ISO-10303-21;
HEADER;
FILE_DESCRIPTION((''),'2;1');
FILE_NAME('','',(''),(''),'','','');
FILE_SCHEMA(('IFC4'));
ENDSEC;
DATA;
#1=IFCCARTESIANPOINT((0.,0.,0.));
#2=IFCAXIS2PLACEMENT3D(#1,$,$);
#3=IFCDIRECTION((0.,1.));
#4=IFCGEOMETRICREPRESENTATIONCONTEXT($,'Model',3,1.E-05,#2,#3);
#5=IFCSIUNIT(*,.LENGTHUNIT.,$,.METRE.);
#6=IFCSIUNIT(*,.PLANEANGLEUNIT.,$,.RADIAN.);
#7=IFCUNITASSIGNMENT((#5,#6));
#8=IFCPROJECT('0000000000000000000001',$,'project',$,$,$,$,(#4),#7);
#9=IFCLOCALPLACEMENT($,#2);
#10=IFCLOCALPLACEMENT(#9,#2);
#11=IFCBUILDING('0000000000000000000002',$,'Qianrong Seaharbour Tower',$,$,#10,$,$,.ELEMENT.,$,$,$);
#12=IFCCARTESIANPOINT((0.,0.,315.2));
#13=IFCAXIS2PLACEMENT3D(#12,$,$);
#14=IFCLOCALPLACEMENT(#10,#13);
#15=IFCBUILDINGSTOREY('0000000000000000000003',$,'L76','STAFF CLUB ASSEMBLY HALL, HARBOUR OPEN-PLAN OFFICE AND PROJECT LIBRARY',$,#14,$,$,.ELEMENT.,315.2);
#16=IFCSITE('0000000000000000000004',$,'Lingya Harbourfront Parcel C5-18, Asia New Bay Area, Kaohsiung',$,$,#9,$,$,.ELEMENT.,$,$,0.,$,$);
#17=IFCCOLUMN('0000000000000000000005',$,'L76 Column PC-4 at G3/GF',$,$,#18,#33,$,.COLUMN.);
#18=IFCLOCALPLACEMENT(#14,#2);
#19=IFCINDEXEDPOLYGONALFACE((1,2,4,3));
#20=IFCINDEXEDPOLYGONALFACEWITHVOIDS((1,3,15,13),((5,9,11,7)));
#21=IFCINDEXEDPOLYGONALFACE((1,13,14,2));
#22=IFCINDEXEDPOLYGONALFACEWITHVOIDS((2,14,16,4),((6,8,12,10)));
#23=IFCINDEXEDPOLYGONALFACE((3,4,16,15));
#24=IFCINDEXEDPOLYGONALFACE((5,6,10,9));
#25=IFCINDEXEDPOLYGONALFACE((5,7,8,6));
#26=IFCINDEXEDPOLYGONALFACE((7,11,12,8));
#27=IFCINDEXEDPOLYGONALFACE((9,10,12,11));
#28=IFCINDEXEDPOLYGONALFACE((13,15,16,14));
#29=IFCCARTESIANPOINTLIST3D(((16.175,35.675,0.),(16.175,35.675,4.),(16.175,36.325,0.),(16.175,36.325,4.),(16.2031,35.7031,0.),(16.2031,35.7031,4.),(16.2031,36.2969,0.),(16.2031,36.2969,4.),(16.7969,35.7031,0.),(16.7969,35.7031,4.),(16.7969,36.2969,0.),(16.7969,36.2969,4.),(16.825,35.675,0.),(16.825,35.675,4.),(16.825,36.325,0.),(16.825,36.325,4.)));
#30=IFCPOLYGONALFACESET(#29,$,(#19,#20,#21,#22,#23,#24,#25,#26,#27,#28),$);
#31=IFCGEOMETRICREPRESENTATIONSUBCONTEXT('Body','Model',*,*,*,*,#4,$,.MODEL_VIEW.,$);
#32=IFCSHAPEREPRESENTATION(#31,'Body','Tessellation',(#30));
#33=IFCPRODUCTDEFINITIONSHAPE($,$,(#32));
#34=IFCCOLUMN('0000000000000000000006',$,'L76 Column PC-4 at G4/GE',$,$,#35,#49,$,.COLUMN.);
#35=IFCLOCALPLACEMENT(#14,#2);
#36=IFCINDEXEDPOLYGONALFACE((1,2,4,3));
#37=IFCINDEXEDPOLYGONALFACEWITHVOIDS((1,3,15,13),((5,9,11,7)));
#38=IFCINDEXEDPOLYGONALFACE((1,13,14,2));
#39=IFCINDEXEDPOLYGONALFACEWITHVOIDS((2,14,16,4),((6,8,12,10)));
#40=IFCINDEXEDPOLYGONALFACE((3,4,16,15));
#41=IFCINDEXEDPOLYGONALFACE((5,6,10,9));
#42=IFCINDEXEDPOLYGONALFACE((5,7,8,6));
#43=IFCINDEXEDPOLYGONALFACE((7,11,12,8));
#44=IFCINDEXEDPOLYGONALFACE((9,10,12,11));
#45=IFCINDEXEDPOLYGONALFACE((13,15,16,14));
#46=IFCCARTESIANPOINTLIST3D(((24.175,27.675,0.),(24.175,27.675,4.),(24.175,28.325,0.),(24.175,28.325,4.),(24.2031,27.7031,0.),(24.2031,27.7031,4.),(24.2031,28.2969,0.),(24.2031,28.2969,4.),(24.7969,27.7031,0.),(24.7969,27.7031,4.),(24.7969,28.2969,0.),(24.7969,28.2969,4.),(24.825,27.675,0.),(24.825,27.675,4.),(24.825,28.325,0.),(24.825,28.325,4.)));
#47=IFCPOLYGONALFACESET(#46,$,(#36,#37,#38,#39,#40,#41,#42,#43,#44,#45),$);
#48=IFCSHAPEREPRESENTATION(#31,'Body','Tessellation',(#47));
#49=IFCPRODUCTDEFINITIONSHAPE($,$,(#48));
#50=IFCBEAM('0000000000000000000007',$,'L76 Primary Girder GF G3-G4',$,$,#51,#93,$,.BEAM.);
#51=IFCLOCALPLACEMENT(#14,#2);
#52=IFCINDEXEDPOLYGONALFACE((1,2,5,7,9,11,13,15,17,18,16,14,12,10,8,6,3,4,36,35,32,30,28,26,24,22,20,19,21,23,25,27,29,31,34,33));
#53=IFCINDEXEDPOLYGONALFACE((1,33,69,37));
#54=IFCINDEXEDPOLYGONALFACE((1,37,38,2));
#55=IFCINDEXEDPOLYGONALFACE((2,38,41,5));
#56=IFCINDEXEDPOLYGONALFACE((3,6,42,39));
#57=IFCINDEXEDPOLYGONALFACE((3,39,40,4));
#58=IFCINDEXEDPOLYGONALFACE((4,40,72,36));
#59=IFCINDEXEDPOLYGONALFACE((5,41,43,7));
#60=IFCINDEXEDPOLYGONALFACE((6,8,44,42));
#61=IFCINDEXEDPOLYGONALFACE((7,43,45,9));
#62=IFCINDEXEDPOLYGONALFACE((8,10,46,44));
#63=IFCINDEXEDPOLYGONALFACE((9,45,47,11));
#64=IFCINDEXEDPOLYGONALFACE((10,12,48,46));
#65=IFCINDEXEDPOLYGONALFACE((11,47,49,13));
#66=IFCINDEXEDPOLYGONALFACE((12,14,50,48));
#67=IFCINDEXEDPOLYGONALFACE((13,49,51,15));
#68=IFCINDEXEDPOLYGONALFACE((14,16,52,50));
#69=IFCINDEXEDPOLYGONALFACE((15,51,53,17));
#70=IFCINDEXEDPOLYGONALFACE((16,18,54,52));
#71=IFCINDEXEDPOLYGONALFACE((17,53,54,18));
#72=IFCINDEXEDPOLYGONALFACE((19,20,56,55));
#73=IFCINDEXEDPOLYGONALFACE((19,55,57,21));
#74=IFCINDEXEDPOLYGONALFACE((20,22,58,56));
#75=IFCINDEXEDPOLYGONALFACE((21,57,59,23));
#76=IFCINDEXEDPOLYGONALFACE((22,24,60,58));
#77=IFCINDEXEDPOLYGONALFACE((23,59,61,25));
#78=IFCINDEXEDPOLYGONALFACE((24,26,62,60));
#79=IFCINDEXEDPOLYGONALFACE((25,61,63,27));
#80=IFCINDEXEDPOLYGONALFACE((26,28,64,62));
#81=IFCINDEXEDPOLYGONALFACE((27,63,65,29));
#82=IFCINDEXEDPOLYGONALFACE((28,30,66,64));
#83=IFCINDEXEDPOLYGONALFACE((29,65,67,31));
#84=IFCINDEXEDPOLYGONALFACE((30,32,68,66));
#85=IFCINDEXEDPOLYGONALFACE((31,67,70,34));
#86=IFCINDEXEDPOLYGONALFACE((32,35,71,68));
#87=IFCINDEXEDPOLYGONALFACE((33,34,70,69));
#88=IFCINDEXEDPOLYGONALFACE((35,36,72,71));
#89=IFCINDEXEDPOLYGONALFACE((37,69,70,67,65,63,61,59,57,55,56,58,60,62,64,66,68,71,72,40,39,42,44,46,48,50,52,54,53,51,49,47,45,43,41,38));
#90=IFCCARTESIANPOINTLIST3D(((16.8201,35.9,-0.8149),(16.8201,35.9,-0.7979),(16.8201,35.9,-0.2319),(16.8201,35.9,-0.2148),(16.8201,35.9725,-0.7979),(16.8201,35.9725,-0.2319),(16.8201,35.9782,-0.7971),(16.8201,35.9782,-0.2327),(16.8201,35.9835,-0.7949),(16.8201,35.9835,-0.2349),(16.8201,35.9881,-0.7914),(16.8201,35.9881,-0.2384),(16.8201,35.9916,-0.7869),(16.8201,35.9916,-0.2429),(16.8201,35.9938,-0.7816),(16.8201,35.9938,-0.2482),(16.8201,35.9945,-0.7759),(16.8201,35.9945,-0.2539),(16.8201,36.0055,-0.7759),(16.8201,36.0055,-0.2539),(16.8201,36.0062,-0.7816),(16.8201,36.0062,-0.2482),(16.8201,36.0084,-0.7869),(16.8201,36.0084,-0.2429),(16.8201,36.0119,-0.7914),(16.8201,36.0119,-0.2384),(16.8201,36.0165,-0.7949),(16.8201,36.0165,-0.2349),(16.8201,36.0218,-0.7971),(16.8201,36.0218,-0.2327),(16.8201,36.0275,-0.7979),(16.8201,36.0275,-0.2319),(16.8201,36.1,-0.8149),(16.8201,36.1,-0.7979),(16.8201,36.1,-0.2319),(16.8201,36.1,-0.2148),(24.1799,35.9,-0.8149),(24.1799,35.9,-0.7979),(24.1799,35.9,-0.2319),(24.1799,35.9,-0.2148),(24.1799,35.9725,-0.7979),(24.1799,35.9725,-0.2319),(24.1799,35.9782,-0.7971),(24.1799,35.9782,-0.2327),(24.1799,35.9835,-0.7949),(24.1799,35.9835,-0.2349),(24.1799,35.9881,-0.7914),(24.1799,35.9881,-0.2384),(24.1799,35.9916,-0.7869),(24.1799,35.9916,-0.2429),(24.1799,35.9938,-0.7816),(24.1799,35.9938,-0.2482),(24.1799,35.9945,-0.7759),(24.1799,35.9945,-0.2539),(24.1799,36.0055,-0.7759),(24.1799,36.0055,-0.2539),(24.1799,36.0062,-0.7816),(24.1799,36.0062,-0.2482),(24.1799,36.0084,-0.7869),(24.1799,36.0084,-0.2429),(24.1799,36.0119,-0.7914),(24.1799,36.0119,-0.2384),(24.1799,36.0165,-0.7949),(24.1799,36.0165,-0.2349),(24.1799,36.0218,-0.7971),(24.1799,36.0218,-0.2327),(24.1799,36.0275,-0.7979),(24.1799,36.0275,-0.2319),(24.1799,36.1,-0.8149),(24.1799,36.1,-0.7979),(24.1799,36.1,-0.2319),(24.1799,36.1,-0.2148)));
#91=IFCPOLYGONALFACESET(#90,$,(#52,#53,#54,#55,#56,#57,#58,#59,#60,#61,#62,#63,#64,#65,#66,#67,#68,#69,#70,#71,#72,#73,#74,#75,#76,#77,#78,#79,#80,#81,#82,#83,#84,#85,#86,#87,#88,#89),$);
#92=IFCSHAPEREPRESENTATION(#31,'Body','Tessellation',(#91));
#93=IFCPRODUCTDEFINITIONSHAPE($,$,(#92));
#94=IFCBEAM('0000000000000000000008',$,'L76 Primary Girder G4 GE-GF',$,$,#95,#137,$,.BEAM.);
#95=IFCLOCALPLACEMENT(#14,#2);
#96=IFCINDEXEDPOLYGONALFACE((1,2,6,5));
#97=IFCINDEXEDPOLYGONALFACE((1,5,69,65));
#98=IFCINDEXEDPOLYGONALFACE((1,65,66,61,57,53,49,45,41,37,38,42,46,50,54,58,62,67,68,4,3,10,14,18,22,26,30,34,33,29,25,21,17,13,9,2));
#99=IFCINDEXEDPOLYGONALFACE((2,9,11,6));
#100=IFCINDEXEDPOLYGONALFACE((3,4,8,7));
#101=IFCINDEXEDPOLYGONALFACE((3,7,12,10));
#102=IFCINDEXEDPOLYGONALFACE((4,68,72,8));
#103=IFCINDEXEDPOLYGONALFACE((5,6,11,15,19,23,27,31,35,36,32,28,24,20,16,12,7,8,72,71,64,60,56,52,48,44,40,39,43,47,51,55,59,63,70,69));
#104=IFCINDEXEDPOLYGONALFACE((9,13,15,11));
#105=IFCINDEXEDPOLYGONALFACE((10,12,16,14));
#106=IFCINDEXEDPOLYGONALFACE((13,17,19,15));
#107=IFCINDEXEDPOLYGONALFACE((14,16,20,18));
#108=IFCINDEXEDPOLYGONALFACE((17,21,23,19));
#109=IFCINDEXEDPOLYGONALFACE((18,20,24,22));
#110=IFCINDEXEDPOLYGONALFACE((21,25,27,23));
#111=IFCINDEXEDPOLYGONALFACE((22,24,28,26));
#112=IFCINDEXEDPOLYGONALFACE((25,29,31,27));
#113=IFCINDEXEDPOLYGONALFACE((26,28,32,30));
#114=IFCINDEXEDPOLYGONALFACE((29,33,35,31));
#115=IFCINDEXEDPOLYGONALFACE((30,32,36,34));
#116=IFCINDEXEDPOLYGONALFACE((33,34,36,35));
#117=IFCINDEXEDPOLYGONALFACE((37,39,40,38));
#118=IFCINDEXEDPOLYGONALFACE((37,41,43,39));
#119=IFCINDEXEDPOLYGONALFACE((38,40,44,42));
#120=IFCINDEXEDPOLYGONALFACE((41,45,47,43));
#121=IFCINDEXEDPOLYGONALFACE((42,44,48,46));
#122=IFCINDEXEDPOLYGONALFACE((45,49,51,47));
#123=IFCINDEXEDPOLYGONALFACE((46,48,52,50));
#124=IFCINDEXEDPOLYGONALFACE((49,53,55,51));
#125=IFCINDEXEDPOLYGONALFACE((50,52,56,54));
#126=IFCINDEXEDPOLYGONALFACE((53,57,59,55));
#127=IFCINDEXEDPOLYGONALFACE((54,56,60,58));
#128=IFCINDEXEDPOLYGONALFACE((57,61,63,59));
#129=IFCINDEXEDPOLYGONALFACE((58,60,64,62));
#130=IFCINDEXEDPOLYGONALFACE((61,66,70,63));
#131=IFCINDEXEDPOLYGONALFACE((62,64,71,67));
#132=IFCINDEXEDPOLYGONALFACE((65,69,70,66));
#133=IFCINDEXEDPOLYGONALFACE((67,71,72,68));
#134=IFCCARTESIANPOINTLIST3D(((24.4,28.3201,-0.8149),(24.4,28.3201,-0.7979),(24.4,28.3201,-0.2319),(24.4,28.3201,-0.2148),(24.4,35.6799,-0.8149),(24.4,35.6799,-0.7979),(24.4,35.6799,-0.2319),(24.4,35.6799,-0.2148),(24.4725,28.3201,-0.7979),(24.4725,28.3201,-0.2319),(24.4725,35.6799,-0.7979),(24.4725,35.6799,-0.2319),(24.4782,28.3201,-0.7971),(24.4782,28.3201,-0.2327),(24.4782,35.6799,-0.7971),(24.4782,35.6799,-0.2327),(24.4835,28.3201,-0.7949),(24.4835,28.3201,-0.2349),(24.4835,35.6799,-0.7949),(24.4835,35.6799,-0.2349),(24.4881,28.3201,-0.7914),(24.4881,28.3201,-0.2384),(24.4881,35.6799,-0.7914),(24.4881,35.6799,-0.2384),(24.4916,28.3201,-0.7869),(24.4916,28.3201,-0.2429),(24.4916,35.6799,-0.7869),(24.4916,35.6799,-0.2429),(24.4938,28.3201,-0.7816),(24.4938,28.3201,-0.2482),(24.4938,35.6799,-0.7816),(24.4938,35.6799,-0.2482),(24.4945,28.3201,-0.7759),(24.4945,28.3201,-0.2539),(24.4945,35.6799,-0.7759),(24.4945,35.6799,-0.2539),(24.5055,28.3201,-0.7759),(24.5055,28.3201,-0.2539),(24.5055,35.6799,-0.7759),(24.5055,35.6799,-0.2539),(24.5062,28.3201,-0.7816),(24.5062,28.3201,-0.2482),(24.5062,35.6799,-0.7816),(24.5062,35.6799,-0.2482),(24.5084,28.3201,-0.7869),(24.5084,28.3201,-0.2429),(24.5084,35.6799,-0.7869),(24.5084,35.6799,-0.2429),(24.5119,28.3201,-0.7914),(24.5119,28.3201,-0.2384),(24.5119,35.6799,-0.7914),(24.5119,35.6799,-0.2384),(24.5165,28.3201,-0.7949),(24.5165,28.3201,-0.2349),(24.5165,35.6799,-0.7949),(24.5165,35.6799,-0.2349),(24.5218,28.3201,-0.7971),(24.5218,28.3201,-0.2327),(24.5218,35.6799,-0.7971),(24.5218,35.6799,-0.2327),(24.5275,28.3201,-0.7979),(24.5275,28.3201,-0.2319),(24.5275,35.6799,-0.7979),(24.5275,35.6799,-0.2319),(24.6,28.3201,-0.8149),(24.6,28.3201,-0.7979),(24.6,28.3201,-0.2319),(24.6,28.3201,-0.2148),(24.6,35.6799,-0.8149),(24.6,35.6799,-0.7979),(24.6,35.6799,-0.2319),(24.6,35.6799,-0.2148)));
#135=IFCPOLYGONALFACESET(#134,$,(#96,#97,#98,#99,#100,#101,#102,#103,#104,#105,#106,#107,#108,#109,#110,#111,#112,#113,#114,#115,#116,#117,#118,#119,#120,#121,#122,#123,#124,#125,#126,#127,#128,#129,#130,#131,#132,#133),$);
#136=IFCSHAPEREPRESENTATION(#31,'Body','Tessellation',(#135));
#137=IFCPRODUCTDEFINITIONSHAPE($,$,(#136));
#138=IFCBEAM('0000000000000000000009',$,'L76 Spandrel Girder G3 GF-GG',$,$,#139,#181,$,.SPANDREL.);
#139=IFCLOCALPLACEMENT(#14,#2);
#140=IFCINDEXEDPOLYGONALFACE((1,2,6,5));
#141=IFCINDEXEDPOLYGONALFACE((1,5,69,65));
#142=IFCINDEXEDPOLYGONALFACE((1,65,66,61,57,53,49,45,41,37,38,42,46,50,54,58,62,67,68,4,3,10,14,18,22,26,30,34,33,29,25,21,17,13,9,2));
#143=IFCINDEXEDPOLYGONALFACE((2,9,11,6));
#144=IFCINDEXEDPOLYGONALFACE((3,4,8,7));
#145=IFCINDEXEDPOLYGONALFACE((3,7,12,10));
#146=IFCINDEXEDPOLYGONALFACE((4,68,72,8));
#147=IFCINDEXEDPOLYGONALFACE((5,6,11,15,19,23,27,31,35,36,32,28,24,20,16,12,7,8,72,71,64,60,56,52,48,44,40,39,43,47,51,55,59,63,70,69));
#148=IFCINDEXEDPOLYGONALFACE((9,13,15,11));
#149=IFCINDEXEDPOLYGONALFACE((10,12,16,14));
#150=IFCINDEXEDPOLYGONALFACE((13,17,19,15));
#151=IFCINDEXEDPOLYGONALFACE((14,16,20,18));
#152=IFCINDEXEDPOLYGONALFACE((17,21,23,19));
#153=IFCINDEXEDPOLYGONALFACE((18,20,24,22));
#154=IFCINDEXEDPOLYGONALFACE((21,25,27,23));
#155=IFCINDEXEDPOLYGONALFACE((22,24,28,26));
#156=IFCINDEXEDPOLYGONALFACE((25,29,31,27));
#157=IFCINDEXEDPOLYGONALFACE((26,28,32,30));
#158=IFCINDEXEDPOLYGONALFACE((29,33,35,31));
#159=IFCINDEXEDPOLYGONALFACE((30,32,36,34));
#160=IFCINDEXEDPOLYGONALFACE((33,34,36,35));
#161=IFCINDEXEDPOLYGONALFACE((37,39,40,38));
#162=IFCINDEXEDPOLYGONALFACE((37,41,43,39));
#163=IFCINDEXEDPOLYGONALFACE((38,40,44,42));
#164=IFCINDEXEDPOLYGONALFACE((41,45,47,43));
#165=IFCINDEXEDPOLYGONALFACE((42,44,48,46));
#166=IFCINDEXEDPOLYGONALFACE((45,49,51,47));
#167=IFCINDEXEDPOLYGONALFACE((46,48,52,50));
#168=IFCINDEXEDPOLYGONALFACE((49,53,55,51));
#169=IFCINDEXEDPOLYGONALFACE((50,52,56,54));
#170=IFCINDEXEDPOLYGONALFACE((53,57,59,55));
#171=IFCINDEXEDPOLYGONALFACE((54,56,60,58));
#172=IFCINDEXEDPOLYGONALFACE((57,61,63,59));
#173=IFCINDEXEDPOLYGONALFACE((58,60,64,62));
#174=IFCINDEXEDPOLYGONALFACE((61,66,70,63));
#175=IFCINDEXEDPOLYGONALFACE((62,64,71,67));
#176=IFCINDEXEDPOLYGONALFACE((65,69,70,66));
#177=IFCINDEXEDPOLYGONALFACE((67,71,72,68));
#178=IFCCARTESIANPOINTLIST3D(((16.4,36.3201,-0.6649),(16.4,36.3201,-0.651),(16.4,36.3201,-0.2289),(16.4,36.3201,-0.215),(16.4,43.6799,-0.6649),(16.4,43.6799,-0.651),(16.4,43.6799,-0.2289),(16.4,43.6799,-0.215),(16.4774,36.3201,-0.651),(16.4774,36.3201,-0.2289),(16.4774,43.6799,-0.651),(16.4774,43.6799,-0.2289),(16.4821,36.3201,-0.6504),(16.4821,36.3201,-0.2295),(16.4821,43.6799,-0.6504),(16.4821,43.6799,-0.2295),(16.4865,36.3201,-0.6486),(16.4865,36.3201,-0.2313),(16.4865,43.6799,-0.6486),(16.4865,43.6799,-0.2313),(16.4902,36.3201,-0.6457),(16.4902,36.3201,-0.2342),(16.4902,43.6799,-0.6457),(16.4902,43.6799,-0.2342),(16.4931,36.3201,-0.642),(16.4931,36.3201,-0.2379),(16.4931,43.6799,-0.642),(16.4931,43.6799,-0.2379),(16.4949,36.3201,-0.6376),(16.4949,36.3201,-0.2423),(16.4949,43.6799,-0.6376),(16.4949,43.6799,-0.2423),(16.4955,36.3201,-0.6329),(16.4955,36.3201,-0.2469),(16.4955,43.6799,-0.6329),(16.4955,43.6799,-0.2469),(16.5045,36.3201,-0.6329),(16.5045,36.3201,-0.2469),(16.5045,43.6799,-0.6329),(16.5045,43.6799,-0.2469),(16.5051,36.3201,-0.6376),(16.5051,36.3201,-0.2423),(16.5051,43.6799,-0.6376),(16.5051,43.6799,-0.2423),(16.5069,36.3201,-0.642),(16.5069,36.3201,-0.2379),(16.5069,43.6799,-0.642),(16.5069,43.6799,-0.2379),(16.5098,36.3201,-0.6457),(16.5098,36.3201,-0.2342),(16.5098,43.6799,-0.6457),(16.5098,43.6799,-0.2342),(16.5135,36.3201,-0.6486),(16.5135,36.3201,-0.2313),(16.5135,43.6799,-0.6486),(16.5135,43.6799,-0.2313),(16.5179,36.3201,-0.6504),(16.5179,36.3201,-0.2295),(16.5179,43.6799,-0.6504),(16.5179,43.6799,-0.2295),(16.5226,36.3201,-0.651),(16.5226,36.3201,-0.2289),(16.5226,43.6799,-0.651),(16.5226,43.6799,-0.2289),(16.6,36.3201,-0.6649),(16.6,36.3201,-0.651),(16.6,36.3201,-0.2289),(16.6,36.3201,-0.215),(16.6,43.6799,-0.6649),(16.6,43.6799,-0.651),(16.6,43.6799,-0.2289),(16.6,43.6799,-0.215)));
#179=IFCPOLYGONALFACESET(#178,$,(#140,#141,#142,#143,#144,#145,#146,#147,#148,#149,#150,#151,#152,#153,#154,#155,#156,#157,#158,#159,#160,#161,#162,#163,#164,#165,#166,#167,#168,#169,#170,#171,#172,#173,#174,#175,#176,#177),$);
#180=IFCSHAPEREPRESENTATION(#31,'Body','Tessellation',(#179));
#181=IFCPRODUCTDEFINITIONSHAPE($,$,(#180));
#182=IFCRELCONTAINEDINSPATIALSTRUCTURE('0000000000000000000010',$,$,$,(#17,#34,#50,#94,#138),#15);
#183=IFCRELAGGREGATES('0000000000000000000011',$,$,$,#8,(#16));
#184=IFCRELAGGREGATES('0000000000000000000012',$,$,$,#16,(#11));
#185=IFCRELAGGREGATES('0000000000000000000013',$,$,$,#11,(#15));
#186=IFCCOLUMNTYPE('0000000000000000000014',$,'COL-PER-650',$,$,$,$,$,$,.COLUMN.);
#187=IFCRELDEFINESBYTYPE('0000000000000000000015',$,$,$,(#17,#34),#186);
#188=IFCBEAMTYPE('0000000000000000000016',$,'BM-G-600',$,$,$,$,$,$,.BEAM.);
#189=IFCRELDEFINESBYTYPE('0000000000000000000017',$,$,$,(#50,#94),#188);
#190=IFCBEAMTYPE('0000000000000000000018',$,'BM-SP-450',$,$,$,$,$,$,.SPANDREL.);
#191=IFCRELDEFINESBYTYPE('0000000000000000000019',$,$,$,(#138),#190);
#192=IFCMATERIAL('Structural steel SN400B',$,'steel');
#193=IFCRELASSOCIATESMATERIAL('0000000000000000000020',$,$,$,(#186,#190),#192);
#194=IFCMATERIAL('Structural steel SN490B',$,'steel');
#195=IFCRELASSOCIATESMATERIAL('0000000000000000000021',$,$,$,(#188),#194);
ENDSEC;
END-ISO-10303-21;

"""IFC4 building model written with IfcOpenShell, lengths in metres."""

from ifc_helpers import new_model, si_unit, direction, frame, origin, origin_2d, place, context, subcontext, project, spatial, hollow_rectangle, i_section, extrude, material, material_profile, profile_set, type_object, element, save


model = new_model("IFC4")

# Units and contexts
model_context = context("Model", 3, precision=1e-05, world=origin(), true_north=direction((0.0, 1.0)))
body_context = subcontext(model_context, "Body", "Model", "MODEL_VIEW")
ifc_project = project(units=[si_unit("LENGTHUNIT", "METRE"), si_unit("PLANEANGLEUNIT", "RADIAN")], contexts=[model_context])

# Site, building, storey
site_placement = place(None, origin())
site = spatial("IfcSite", under=ifc_project, at=site_placement, Name="Lingya Harbourfront Parcel C5-18, Asia New Bay Area, Kaohsiung", CompositionType="ELEMENT", RefElevation=0.0)
building_placement = place(site_placement, origin())
building = spatial("IfcBuilding", under=site, at=building_placement, Name="Qianrong Seaharbour Tower", CompositionType="ELEMENT")
storey_placement = place(building_placement, frame((0.0, 0.0, 315.2)))
storey = spatial("IfcBuildingStorey", under=building, at=storey_placement, Name="L76", Description="STAFF CLUB ASSEMBLY HALL, HARBOUR OPEN-PLAN OFFICE AND PROJECT LIBRARY", CompositionType="ELEMENT", Elevation=315.2)

# Columns
ifc_material_1 = material(Name="Structural steel SN400B", Category="steel")
ifc_material_profile_1 = material_profile(ifc_material_1, hollow_rectangle(XDim=0.6499, YDim=0.6499, WallThickness=0.0281, at=origin_2d()), Name="BOX650x650x28")
ifc_profile_set_1 = profile_set([ifc_material_profile_1], Name="Structural steel SN400B")
column_type = type_object("IfcColumnType", Name="COL-PER-650", PredefinedType="COLUMN", material=ifc_profile_set_1)
for number, where, z_axis, x_axis, name in (
    (1, (16.5, 36.0, 0.0), (0.0, 0.0, 1.0), (1.0, 0.0, 0.0), "L76 Column PC-4 at G3/GF"),
    (2, (24.5, 28.0, 0.0), (0.0, 0.0, 1.0), (1.0, 0.0, 0.0), "L76 Column PC-4 at G4/GE"),
):
    element("IfcColumn", number, at=place(storey_placement, frame(where, z_axis=z_axis, x_axis=x_axis)), inside=storey, type_object=column_type, Name=name, PredefinedType="COLUMN", context=body_context, shape_type="SweptSolid", body=[
        extrude(hollow_rectangle(XDim=0.6499, YDim=0.6499, WallThickness=0.0281, at=origin_2d()), origin(), (0.0, 0.0, 1.0), 4.0),
    ])

# Beams
ifc_material_2 = material(Name="Structural steel SN490B", Category="steel")
ifc_material_profile_2 = material_profile(ifc_material_2, i_section(OverallWidth=0.2, OverallDepth=0.6001, WebThickness=0.011, FlangeThickness=0.0171, FilletRadius=0.022, at=origin_2d()), Name="H600x200x11x17")
ifc_profile_set_2 = profile_set([ifc_material_profile_2], Name="Structural steel SN490B")
beam_type_1 = type_object("IfcBeamType", Name="BM-G-600", PredefinedType="BEAM", material=ifc_profile_set_2)
for number, where, z_axis, x_axis, name in (
    (3, (16.8201, 36.0, -0.5149), (1.0, 0.0, 0.0), (0.0, 1.0, 0.0), "L76 Primary Girder GF G3-G4"),
    (4, (24.5, 28.3201, -0.5149), (0.0, 1.0, 0.0), (-1.0, 0.0, 0.0), "L76 Primary Girder G4 GE-GF"),
):
    element("IfcBeam", number, at=place(storey_placement, frame(where, z_axis=z_axis, x_axis=x_axis)), inside=storey, type_object=beam_type_1, Name=name, PredefinedType="BEAM", context=body_context, shape_type="SweptSolid", body=[
        extrude(i_section(OverallWidth=0.2, OverallDepth=0.6001, WebThickness=0.011, FlangeThickness=0.0171, FilletRadius=0.022, at=origin_2d()), origin(), (0.0, 0.0, 1.0), 7.3599),
    ])
ifc_material_profile_3 = material_profile(ifc_material_1, i_section(OverallWidth=0.2, OverallDepth=0.45, WebThickness=0.009, FlangeThickness=0.0139, FilletRadius=0.0181, at=origin_2d()), Name="H450x200x9x14")
ifc_profile_set_3 = profile_set([ifc_material_profile_3], Name="Structural steel SN400B")
beam_type_2 = type_object("IfcBeamType", Name="BM-SP-450", PredefinedType="SPANDREL", material=ifc_profile_set_3)
beam_1_placement = place(storey_placement, frame((16.5, 36.3201, -0.4399), z_axis=(0.0, 1.0, 0.0), x_axis=(-1.0, 0.0, 0.0)))
element("IfcBeam", 5, at=beam_1_placement, inside=storey, type_object=beam_type_2, Name="L76 Spandrel Girder G3 GF-GG", PredefinedType="SPANDREL", context=body_context, shape_type="SweptSolid", body=[
    extrude(i_section(OverallWidth=0.2, OverallDepth=0.45, WebThickness=0.009, FlangeThickness=0.0139, FilletRadius=0.0181, at=origin_2d()), origin(), (0.0, 0.0, 1.0), 7.3599),
])

save(model, "model.ifc")
